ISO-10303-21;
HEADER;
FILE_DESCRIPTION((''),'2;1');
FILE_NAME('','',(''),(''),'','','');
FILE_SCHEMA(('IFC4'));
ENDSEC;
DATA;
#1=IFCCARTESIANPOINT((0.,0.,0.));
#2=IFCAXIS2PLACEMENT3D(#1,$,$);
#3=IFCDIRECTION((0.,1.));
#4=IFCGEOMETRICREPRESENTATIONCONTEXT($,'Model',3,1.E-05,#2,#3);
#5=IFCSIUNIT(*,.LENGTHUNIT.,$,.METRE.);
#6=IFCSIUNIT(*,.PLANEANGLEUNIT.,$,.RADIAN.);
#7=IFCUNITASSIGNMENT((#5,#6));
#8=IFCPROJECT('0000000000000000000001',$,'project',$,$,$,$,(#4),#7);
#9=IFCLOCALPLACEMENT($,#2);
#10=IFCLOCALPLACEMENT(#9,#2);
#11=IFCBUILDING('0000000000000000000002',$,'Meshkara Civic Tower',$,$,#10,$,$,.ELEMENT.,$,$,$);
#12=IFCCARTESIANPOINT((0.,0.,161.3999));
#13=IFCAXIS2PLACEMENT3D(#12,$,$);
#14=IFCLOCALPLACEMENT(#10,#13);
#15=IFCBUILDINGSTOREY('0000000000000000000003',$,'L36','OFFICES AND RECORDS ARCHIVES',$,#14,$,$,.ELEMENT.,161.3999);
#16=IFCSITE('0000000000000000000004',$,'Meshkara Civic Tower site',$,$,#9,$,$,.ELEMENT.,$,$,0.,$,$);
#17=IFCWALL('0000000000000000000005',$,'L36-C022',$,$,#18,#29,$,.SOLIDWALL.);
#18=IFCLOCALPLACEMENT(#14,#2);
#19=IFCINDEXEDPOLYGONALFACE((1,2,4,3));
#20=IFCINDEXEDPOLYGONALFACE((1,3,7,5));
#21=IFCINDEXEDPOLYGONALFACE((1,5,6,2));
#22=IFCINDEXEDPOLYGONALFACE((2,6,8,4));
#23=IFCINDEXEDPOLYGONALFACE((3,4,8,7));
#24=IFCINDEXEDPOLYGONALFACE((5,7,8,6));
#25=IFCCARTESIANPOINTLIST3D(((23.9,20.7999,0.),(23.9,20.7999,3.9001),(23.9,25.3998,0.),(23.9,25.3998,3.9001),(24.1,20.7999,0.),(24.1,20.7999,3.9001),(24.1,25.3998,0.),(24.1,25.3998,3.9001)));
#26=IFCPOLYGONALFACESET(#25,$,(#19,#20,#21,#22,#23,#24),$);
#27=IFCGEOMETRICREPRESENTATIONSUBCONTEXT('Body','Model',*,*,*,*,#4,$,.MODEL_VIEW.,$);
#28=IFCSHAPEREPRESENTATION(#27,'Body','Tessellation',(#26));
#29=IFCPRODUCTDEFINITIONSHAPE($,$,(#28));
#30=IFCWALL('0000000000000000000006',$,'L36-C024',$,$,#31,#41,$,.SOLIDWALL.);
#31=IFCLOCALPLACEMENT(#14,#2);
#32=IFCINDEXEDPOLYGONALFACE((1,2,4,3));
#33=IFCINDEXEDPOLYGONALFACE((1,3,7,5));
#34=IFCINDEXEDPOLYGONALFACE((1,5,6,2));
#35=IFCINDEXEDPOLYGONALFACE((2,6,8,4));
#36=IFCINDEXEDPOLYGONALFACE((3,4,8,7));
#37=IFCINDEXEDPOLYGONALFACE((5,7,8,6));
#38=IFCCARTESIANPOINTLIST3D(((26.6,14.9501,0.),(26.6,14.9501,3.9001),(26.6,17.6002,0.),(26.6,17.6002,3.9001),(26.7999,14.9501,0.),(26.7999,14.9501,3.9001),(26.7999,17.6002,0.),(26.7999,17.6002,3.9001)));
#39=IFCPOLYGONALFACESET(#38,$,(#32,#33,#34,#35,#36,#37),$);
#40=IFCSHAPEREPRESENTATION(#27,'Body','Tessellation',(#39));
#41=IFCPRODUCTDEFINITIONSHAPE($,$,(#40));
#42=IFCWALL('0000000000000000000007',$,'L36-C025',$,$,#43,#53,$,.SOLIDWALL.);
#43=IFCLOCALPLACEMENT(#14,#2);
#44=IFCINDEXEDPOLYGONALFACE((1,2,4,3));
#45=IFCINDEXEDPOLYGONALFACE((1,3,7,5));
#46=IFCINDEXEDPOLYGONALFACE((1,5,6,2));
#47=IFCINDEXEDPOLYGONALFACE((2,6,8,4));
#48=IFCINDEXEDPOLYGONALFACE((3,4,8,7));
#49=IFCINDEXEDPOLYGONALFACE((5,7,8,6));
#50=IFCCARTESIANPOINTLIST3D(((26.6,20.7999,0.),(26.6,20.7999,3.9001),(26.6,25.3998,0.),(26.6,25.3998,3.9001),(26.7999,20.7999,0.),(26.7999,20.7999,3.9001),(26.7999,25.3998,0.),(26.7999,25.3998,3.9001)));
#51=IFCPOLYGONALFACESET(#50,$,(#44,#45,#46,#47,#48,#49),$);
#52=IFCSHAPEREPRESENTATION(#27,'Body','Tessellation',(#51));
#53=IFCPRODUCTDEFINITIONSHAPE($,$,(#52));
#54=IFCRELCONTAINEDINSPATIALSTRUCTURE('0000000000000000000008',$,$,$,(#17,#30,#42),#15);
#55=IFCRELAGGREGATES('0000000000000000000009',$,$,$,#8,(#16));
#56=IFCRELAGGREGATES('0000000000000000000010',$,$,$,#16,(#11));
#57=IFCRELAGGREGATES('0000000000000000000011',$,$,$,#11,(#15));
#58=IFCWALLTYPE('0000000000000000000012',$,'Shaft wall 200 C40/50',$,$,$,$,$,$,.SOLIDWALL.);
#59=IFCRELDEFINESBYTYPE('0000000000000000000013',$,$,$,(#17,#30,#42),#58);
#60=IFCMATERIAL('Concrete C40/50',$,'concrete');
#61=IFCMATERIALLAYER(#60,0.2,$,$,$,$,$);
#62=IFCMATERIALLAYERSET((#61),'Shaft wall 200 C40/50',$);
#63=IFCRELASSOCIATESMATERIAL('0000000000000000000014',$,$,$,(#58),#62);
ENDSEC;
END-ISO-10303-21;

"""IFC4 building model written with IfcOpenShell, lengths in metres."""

from ifc_helpers import new_model, si_unit, direction, frame, frame_2d, origin, place, context, subcontext, project, spatial, rectangle, extrude, material, layer, layer_set, type_object, element, save


model = new_model("IFC4")

# Units and contexts
model_context = context("Model", 3, precision=1e-05, world=origin(), true_north=direction((0.0, 1.0)))
body_context = subcontext(model_context, "Body", "Model", "MODEL_VIEW")
ifc_project = project(units=[si_unit("LENGTHUNIT", "METRE"), si_unit("PLANEANGLEUNIT", "RADIAN")], contexts=[model_context])

# Site, building, storey
site_placement = place(None, origin())
site = spatial("IfcSite", under=ifc_project, at=site_placement, Name="Meshkara Civic Tower site", CompositionType="ELEMENT", RefElevation=0.0)
building_placement = place(site_placement, origin())
building = spatial("IfcBuilding", under=site, at=building_placement, Name="Meshkara Civic Tower", CompositionType="ELEMENT")
storey_placement = place(building_placement, frame((0.0, 0.0, 161.3999)))
storey = spatial("IfcBuildingStorey", under=building, at=storey_placement, Name="L36", Description="OFFICES AND RECORDS ARCHIVES", CompositionType="ELEMENT", Elevation=161.3999)

# Shared definitions
ifc_material_1 = material(Name="Concrete C40/50", Category="concrete")
ifc_layer_1 = layer(ifc_material_1, 0.2)
ifc_layer_set_1 = layer_set([ifc_layer_1], Name="Shaft wall 200 C40/50")
wall_type_1 = type_object("IfcWallType", Name="Shaft wall 200 C40/50", PredefinedType="SOLIDWALL", material=ifc_layer_set_1)

# Walls
wall_1_placement = place(storey_placement, frame((24.0, 20.8, 0.0), z_axis=(0.0, 0.0, 1.0), x_axis=(0.0, 1.0, 0.0)))
element("IfcWall", 1, at=wall_1_placement, inside=storey, type_object=wall_type_1, Name="L36-C022", PredefinedType="SOLIDWALL", context=body_context, shape_type="SweptSolid", body=[
    extrude(rectangle(XDim=4.5999, YDim=0.2, at=frame_2d((2.2998, 0.0))), origin(), (0.0, 0.0, 1.0), 3.9001),
])
wall_2_placement = place(storey_placement, frame((26.7, 14.95, 0.0), z_axis=(0.0, 0.0, 1.0), x_axis=(0.0, 1.0, 0.0)))
element("IfcWall", 2, at=wall_2_placement, inside=storey, type_object=wall_type_1, Name="L36-C024", PredefinedType="SOLIDWALL", context=body_context, shape_type="SweptSolid", body=[
    extrude(rectangle(XDim=2.6501, YDim=0.2, at=frame_2d((1.3252, 0.0))), origin(), (0.0, 0.0, 1.0), 3.9001),
])
wall_3_placement = place(storey_placement, frame((26.7, 20.8, 0.0), z_axis=(0.0, 0.0, 1.0), x_axis=(0.0, 1.0, 0.0)))
element("IfcWall", 3, at=wall_3_placement, inside=storey, type_object=wall_type_1, Name="L36-C025", PredefinedType="SOLIDWALL", context=body_context, shape_type="SweptSolid", body=[
    extrude(rectangle(XDim=4.5999, YDim=0.2, at=frame_2d((2.2998, 0.0))), origin(), (0.0, 0.0, 1.0), 3.9001),
])

save(model, "model.ifc")
